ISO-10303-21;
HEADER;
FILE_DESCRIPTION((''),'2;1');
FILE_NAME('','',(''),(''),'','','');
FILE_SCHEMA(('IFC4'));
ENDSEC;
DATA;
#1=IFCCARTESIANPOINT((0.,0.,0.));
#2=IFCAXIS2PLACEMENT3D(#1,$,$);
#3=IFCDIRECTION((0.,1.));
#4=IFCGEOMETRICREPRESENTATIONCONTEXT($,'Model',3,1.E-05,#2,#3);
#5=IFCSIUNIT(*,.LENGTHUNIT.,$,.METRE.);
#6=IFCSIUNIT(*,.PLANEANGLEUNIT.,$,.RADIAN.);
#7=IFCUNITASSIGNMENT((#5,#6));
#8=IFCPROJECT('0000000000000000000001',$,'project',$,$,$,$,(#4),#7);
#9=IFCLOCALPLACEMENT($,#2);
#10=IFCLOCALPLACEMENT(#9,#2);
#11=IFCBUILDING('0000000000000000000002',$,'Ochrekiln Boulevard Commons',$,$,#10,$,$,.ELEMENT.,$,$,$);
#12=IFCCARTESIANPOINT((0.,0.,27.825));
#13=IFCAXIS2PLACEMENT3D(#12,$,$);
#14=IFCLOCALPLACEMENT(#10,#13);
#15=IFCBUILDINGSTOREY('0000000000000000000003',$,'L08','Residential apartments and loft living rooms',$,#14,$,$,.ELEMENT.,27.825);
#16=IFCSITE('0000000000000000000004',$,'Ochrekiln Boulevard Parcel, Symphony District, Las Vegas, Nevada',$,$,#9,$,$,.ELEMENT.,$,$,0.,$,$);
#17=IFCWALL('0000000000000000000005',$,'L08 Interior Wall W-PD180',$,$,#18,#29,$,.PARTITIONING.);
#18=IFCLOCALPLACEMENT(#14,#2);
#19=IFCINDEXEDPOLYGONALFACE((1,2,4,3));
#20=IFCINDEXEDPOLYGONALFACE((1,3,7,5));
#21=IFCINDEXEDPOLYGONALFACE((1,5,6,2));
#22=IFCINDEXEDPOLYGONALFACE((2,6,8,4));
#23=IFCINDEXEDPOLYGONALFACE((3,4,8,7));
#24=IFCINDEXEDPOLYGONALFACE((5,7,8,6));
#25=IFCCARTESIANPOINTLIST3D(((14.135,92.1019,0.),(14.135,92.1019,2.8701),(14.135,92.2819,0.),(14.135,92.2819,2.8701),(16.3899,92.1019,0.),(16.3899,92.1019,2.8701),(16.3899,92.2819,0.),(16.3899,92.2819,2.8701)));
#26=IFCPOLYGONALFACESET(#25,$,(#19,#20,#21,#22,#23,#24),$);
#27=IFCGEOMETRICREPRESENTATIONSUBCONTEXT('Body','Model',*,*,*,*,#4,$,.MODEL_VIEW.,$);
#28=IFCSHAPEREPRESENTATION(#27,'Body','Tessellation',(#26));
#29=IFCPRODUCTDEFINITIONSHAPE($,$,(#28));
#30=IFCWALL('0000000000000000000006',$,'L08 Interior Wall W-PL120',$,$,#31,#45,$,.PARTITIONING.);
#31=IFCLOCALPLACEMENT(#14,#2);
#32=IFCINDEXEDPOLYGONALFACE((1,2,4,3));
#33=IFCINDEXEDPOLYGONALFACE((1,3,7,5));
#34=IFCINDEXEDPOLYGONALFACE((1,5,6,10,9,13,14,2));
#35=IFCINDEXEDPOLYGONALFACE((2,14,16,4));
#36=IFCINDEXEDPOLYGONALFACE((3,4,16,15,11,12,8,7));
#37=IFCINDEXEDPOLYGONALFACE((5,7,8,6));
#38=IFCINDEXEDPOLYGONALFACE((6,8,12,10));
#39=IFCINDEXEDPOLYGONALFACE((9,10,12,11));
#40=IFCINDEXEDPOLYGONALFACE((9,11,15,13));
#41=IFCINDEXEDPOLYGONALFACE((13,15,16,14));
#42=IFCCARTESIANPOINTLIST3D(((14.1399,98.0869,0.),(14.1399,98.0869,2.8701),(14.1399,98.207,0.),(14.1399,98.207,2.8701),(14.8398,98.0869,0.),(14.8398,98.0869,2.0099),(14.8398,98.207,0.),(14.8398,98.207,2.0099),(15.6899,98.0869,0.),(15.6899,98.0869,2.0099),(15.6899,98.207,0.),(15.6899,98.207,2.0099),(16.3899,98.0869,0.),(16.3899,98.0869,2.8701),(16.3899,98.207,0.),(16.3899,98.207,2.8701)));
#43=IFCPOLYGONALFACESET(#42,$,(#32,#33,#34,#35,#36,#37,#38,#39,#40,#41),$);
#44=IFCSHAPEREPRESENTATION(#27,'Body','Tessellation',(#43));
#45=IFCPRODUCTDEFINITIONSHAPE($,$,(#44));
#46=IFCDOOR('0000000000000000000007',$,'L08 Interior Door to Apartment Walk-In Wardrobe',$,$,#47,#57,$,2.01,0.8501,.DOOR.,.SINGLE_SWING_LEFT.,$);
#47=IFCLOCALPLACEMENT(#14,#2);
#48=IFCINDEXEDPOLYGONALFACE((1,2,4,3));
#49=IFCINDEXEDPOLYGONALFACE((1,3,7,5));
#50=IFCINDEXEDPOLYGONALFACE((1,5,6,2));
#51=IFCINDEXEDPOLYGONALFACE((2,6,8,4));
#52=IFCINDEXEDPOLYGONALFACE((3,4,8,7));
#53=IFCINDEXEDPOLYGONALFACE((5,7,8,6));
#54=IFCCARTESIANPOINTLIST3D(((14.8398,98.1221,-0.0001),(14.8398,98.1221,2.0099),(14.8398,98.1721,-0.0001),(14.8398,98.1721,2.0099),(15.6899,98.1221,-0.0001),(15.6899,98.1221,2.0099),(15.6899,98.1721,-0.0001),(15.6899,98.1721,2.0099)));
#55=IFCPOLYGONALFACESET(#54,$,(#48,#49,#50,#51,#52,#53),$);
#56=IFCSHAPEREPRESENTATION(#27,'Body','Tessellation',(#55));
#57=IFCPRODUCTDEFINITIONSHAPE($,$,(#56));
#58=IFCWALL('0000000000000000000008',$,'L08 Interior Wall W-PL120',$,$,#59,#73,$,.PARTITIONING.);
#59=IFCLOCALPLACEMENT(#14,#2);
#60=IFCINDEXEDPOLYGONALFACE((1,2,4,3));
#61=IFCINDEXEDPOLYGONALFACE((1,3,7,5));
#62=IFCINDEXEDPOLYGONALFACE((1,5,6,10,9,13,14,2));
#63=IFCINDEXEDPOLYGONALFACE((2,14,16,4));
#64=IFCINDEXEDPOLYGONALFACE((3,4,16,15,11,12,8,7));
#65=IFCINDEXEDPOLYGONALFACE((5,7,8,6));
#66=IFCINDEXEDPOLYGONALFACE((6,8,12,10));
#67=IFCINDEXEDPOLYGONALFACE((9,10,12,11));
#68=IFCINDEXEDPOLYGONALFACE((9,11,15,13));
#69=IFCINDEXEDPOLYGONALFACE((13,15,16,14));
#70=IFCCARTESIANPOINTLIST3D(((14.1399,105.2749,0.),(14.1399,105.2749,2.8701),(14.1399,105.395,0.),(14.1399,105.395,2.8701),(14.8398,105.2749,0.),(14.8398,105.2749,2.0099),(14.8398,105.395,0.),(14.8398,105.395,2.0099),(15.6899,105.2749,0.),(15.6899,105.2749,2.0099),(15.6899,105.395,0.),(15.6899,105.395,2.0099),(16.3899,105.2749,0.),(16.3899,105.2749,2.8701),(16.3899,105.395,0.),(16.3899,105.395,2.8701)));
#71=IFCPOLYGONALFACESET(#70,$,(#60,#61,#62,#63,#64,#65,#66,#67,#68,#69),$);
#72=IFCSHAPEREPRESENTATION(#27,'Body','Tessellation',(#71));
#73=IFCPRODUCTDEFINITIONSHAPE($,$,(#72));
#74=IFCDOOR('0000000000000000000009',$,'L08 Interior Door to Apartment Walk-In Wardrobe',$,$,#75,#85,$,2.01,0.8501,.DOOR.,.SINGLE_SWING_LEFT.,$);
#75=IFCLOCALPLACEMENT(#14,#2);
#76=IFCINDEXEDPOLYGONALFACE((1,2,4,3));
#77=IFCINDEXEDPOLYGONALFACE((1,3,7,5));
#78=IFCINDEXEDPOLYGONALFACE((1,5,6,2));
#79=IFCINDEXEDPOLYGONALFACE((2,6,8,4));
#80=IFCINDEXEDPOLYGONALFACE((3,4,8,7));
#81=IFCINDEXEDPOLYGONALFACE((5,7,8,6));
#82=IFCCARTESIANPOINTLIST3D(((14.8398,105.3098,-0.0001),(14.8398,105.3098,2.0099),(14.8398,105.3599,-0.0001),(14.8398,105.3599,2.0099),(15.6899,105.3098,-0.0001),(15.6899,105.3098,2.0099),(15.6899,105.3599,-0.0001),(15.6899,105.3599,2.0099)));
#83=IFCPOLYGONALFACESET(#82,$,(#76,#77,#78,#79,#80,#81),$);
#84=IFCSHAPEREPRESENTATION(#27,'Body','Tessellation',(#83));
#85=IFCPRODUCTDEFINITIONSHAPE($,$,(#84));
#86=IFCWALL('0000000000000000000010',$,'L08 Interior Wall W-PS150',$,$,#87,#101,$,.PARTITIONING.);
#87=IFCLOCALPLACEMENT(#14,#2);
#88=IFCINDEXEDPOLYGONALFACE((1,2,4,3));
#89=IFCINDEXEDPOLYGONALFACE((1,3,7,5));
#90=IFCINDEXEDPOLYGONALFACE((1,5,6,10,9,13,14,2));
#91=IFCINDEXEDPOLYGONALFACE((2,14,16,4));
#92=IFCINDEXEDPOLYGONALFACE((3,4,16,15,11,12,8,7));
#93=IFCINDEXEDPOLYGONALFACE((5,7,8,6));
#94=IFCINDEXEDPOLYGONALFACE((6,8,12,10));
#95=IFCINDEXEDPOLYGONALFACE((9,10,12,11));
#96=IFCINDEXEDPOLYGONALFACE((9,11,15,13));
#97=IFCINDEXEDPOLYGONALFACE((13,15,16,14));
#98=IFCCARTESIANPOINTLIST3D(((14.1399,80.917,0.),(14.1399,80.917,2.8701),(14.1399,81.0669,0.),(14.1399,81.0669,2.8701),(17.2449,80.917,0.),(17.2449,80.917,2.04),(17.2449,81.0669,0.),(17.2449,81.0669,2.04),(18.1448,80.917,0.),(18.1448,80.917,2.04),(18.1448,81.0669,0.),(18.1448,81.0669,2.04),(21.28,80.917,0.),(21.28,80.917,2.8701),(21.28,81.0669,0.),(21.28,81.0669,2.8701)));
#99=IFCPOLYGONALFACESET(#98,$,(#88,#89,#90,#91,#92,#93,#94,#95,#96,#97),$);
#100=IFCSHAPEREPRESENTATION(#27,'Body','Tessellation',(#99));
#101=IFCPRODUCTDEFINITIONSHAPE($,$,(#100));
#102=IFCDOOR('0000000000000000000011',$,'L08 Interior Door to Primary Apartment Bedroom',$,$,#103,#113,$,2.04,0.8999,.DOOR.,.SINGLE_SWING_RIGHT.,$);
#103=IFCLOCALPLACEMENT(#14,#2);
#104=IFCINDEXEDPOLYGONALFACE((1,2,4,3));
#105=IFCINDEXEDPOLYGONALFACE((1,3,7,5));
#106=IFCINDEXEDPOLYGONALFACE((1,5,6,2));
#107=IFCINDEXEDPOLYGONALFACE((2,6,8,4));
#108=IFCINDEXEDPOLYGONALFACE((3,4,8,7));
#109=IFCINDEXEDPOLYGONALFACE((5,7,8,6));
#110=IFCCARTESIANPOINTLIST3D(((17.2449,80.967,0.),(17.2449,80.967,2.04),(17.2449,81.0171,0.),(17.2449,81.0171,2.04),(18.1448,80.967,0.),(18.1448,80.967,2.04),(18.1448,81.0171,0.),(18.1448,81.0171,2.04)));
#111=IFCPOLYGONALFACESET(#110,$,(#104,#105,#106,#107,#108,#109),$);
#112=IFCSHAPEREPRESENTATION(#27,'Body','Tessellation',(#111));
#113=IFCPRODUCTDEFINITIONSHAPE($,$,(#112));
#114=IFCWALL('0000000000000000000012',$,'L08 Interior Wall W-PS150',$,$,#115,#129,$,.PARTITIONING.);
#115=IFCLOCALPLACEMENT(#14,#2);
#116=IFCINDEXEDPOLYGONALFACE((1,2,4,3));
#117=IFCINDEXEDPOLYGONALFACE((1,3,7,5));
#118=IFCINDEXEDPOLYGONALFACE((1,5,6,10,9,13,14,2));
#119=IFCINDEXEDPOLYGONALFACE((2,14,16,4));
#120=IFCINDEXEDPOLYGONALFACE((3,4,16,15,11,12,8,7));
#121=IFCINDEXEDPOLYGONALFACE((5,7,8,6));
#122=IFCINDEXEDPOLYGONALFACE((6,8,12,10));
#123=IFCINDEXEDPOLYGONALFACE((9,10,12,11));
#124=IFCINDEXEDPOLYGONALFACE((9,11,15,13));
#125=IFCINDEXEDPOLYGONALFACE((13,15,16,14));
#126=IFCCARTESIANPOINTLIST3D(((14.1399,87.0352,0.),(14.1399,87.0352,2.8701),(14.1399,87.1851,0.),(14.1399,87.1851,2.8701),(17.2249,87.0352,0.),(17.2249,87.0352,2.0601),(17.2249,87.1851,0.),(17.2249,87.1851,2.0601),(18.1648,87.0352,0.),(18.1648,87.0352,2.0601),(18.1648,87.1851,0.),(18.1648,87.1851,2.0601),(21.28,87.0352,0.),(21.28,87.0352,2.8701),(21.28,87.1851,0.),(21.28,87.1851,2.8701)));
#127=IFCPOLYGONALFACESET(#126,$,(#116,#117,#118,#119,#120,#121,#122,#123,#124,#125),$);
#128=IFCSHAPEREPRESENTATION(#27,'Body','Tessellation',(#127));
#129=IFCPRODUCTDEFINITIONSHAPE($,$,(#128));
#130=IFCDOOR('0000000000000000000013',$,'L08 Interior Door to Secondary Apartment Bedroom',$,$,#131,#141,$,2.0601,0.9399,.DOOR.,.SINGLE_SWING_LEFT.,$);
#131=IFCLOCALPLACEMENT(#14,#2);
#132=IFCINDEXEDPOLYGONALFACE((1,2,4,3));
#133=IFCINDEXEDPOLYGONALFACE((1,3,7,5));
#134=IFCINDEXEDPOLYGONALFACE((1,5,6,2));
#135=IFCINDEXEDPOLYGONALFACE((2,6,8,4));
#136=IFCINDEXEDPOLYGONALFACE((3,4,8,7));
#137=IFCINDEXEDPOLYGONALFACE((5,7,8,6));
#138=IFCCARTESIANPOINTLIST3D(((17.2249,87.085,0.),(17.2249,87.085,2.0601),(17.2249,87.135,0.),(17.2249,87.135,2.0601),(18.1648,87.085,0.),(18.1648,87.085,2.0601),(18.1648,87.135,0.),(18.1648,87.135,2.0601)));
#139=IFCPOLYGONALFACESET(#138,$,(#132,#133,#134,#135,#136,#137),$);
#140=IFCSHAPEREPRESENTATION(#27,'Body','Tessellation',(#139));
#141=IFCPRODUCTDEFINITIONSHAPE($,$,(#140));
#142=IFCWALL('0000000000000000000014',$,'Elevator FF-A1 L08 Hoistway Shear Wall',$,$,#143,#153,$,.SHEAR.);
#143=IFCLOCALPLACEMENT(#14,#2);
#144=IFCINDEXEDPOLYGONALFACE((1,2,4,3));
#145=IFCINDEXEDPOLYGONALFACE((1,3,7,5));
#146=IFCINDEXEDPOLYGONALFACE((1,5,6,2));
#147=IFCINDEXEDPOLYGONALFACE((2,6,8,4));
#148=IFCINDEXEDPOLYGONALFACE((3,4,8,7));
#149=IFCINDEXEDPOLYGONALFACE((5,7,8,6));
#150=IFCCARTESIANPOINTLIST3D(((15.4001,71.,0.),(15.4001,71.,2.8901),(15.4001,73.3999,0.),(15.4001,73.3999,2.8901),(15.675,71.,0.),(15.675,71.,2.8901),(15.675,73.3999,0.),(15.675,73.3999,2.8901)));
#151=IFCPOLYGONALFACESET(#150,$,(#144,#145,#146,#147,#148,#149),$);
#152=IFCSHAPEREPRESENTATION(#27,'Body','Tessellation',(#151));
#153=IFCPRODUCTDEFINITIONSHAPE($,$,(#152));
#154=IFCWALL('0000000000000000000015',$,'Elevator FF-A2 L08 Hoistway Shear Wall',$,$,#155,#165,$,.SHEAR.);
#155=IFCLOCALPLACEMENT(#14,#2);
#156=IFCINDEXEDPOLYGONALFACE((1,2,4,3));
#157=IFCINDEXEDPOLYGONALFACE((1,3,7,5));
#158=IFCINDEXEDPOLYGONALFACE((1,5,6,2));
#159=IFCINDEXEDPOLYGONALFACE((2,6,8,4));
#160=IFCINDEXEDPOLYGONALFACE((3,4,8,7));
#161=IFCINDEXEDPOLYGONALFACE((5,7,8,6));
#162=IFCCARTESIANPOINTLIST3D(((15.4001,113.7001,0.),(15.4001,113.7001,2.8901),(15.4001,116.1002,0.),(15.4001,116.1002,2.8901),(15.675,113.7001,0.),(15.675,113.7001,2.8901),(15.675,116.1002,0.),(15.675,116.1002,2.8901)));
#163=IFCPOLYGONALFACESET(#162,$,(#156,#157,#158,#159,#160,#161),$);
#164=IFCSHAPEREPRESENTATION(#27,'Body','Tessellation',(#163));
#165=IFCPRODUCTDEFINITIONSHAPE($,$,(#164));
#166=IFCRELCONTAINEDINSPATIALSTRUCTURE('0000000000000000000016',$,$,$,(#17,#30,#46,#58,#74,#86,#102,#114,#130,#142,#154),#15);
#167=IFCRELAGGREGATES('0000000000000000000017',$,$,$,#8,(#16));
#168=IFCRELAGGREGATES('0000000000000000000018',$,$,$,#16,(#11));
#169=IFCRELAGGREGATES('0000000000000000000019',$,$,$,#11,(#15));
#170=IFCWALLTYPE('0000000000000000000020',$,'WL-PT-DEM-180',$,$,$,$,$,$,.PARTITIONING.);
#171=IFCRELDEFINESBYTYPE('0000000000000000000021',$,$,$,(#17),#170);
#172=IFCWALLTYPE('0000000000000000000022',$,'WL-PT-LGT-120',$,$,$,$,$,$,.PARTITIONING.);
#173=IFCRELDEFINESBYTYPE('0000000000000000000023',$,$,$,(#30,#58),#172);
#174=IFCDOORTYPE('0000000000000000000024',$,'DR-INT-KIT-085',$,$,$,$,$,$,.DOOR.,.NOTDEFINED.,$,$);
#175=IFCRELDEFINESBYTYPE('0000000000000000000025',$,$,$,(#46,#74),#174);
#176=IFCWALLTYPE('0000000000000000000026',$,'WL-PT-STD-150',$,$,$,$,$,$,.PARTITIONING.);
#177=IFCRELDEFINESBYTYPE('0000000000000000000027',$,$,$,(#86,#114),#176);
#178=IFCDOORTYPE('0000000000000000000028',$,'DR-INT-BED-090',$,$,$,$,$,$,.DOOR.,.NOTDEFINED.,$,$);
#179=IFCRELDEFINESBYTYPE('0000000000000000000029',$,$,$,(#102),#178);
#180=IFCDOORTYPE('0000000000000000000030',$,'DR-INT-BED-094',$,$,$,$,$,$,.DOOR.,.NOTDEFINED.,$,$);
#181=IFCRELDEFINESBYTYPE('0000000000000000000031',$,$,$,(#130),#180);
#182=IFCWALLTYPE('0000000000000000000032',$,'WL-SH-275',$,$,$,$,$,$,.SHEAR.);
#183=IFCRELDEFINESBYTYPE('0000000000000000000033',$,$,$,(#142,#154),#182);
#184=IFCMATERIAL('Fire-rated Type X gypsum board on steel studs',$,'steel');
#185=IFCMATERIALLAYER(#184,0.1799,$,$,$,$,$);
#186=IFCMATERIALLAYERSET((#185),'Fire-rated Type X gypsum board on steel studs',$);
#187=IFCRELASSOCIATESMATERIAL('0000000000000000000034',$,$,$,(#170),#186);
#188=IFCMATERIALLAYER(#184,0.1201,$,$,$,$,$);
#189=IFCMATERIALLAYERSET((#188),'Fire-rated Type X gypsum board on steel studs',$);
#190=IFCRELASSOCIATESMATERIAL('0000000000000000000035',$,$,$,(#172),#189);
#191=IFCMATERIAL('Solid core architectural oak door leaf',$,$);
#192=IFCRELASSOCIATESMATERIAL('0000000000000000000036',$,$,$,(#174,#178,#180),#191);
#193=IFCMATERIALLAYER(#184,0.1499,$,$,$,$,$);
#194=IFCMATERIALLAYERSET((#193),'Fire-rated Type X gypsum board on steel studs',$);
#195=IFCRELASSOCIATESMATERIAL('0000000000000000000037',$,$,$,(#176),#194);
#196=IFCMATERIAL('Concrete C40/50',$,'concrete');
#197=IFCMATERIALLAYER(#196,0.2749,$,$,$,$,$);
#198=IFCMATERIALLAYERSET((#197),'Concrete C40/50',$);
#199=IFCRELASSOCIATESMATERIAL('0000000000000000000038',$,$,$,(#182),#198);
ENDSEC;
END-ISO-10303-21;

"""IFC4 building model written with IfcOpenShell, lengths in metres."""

from ifc_helpers import new_model, si_unit, direction, frame, frame_2d, origin, place, context, subcontext, project, spatial, rectangle, extrude, material, layer, layer_set, type_object, element, fill, save


model = new_model("IFC4")

# Units and contexts
model_context = context("Model", 3, precision=1e-05, world=origin(), true_north=direction((0.0, 1.0)))
body_context = subcontext(model_context, "Body", "Model", "MODEL_VIEW")
ifc_project = project(units=[si_unit("LENGTHUNIT", "METRE"), si_unit("PLANEANGLEUNIT", "RADIAN")], contexts=[model_context])

# Site, building, storey
site_placement = place(None, origin())
site = spatial("IfcSite", under=ifc_project, at=site_placement, Name="Ochrekiln Boulevard Parcel, Symphony District, Las Vegas, Nevada", CompositionType="ELEMENT", RefElevation=0.0)
building_placement = place(site_placement, origin())
building = spatial("IfcBuilding", under=site, at=building_placement, Name="Ochrekiln Boulevard Commons", CompositionType="ELEMENT")
storey_placement = place(building_placement, frame((0.0, 0.0, 27.825)))
storey = spatial("IfcBuildingStorey", under=building, at=storey_placement, Name="L08", Description="Residential apartments and loft living rooms", CompositionType="ELEMENT", Elevation=27.825)

# Shared definitions
ifc_material_1 = material(Name="Concrete C40/50", Category="concrete")

# Wall
ifc_material_2 = material(Name="Fire-rated Type X gypsum board on steel studs", Category="steel")
ifc_layer_1 = layer(ifc_material_2, 0.1799)
ifc_layer_set_1 = layer_set([ifc_layer_1], Name="Fire-rated Type X gypsum board on steel studs")
wall_type_1 = type_object("IfcWallType", Name="WL-PT-DEM-180", PredefinedType="PARTITIONING", material=ifc_layer_set_1)
wall_1_placement = place(storey_placement, frame((14.135, 92.1919, 0.0), z_axis=(0.0, 0.0, 1.0), x_axis=(1.0, 0.0, 0.0)))
element("IfcWall", 1, at=wall_1_placement, inside=storey, type_object=wall_type_1, Name="L08 Interior Wall W-PD180", PredefinedType="PARTITIONING", context=body_context, shape_type="SweptSolid", body=[
    extrude(rectangle(XDim=2.2549, YDim=0.1799, at=frame_2d((1.1274, 0.0))), origin(), (0.0, 0.0, 1.0), 2.8701),
])

# Walls, openings, doors
ifc_layer_2 = layer(ifc_material_2, 0.1201)
ifc_layer_set_2 = layer_set([ifc_layer_2], Name="Fire-rated Type X gypsum board on steel studs")
wall_type_2 = type_object("IfcWallType", Name="WL-PT-LGT-120", PredefinedType="PARTITIONING", material=ifc_layer_set_2)
wall_2_placement = place(storey_placement, frame((14.1399, 98.147, 0.0), z_axis=(0.0, 0.0, 1.0), x_axis=(1.0, 0.0, 0.0)))
wall_2 = element("IfcWall", 2, at=wall_2_placement, inside=storey, type_object=wall_type_2, Name="L08 Interior Wall W-PL120", PredefinedType="PARTITIONING", context=body_context, shape_type="SweptSolid", body=[
    extrude(rectangle(XDim=2.25, YDim=0.1201, at=frame_2d((1.125, 0.0))), origin(), (0.0, 0.0, 1.0), 2.8701),
])
opening_1_placement = place(wall_2_placement, frame((0.7, 0.0, 0.0)))
opening_1 = element("IfcOpeningElement", 3, at=opening_1_placement, cuts=wall_2, PredefinedType="OPENING", context=body_context, shape_type="SweptSolid", body=[
    extrude(rectangle(XDim=0.8501, YDim=2.01, at=frame_2d((0.425, 1.0049))), frame((0.0, 0.0701, 0.0), z_axis=(0.0, -1.0, 0.0), x_axis=(1.0, 0.0, 0.0)), (0.0, 0.0, 1.0), 0.1401),
])
ifc_material_3 = material(Name="Solid core architectural oak door leaf")
door_type_1 = type_object("IfcDoorType", Name="DR-INT-KIT-085", OperationType="NOTDEFINED", PredefinedType="DOOR", material=ifc_material_3)
door_1_placement = place(opening_1_placement, frame((0.8501, 0.0, 0.0), z_axis=(0.0, 0.0, 1.0), x_axis=(-1.0, 0.0, 0.0)))
door_1 = element("IfcDoor", 4, at=door_1_placement, inside=storey, type_object=door_type_1, Name="L08 Interior Door to Apartment Walk-In Wardrobe", OperationType="SINGLE_SWING_LEFT", OverallHeight=2.01, OverallWidth=0.8501, PredefinedType="DOOR", context=body_context, shape_type="SweptSolid", body=[
    extrude(rectangle(XDim=0.8501, YDim=2.01, at=frame_2d((0.425, 1.0049))), frame((0.0, 0.0249, 0.0), z_axis=(0.0, -1.0, 0.0), x_axis=(1.0, 0.0, 0.0)), (0.0, 0.0, 1.0), 0.05),
])
fill(opening_1, door_1)
wall_3_placement = place(storey_placement, frame((14.1399, 105.335, 0.0), z_axis=(0.0, 0.0, 1.0), x_axis=(1.0, 0.0, 0.0)))
wall_3 = element("IfcWall", 5, at=wall_3_placement, inside=storey, type_object=wall_type_2, Name="L08 Interior Wall W-PL120", PredefinedType="PARTITIONING", context=body_context, shape_type="SweptSolid", body=[
    extrude(rectangle(XDim=2.25, YDim=0.1201, at=frame_2d((1.125, 0.0))), origin(), (0.0, 0.0, 1.0), 2.8701),
])
opening_2_placement = place(wall_3_placement, frame((0.7, 0.0, 0.0)))
opening_2 = element("IfcOpeningElement", 6, at=opening_2_placement, cuts=wall_3, PredefinedType="OPENING", context=body_context, shape_type="SweptSolid", body=[
    extrude(rectangle(XDim=0.8501, YDim=2.01, at=frame_2d((0.425, 1.0049))), frame((0.0, 0.0701, 0.0), z_axis=(0.0, -1.0, 0.0), x_axis=(1.0, 0.0, 0.0)), (0.0, 0.0, 1.0), 0.1401),
])
door_2_placement = place(opening_2_placement, origin())
door_2 = element("IfcDoor", 7, at=door_2_placement, inside=storey, type_object=door_type_1, Name="L08 Interior Door to Apartment Walk-In Wardrobe", OperationType="SINGLE_SWING_LEFT", OverallHeight=2.01, OverallWidth=0.8501, PredefinedType="DOOR", context=body_context, shape_type="SweptSolid", body=[
    extrude(rectangle(XDim=0.8501, YDim=2.01, at=frame_2d((0.425, 1.0049))), frame((0.0, 0.0249, 0.0), z_axis=(0.0, -1.0, 0.0), x_axis=(1.0, 0.0, 0.0)), (0.0, 0.0, 1.0), 0.05),
])
fill(opening_2, door_2)
ifc_layer_3 = layer(ifc_material_2, 0.1499)
ifc_layer_set_3 = layer_set([ifc_layer_3], Name="Fire-rated Type X gypsum board on steel studs")
wall_type_3 = type_object("IfcWallType", Name="WL-PT-STD-150", PredefinedType="PARTITIONING", material=ifc_layer_set_3)
wall_4_placement = place(storey_placement, frame((14.1399, 80.9919, 0.0), z_axis=(0.0, 0.0, 1.0), x_axis=(1.0, 0.0, 0.0)))
wall_4 = element("IfcWall", 8, at=wall_4_placement, inside=storey, type_object=wall_type_3, Name="L08 Interior Wall W-PS150", PredefinedType="PARTITIONING", context=body_context, shape_type="SweptSolid", body=[
    extrude(rectangle(XDim=7.1401, YDim=0.1499, at=frame_2d((3.5701, 0.0))), origin(), (0.0, 0.0, 1.0), 2.8701),
])
opening_3_placement = place(wall_4_placement, frame((3.105, 0.0, 0.0)))
opening_3 = element("IfcOpeningElement", 9, at=opening_3_placement, cuts=wall_4, PredefinedType="OPENING", context=body_context, shape_type="SweptSolid", body=[
    extrude(rectangle(XDim=0.8999, YDim=2.04, at=frame_2d((0.45, 1.02))), frame((0.0, 0.085, 0.0), z_axis=(0.0, -1.0, 0.0), x_axis=(1.0, 0.0, 0.0)), (0.0, 0.0, 1.0), 0.1699),
])
door_type_2 = type_object("IfcDoorType", Name="DR-INT-BED-090", OperationType="NOTDEFINED", PredefinedType="DOOR", material=ifc_material_3)
door_3_placement = place(opening_3_placement, frame((0.8999, 0.0, 0.0), z_axis=(0.0, 0.0, 1.0), x_axis=(-1.0, 0.0, 0.0)))
door_3 = element("IfcDoor", 10, at=door_3_placement, inside=storey, type_object=door_type_2, Name="L08 Interior Door to Primary Apartment Bedroom", OperationType="SINGLE_SWING_RIGHT", OverallHeight=2.04, OverallWidth=0.8999, PredefinedType="DOOR", context=body_context, shape_type="SweptSolid", body=[
    extrude(rectangle(XDim=0.8999, YDim=2.04, at=frame_2d((0.45, 1.02))), frame((0.0, 0.0249, 0.0), z_axis=(0.0, -1.0, 0.0), x_axis=(1.0, 0.0, 0.0)), (0.0, 0.0, 1.0), 0.05),
])
fill(opening_3, door_3)
wall_5_placement = place(storey_placement, frame((14.1399, 87.1101, 0.0), z_axis=(0.0, 0.0, 1.0), x_axis=(1.0, 0.0, 0.0)))
wall_5 = element("IfcWall", 11, at=wall_5_placement, inside=storey, type_object=wall_type_3, Name="L08 Interior Wall W-PS150", PredefinedType="PARTITIONING", context=body_context, shape_type="SweptSolid", body=[
    extrude(rectangle(XDim=7.1401, YDim=0.1499, at=frame_2d((3.5701, 0.0))), origin(), (0.0, 0.0, 1.0), 2.8701),
])
opening_4_placement = place(wall_5_placement, frame((3.085, 0.0, 0.0)))
opening_4 = element("IfcOpeningElement", 12, at=opening_4_placement, cuts=wall_5, PredefinedType="OPENING", context=body_context, shape_type="SweptSolid", body=[
    extrude(rectangle(XDim=0.9399, YDim=2.0601, at=frame_2d((0.47, 1.03))), frame((0.0, 0.085, 0.0), z_axis=(0.0, -1.0, 0.0), x_axis=(1.0, 0.0, 0.0)), (0.0, 0.0, 1.0), 0.1699),
])
door_type_3 = type_object("IfcDoorType", Name="DR-INT-BED-094", OperationType="NOTDEFINED", PredefinedType="DOOR", material=ifc_material_3)
door_4_placement = place(opening_4_placement, origin())
door_4 = element("IfcDoor", 13, at=door_4_placement, inside=storey, type_object=door_type_3, Name="L08 Interior Door to Secondary Apartment Bedroom", OperationType="SINGLE_SWING_LEFT", OverallHeight=2.0601, OverallWidth=0.9399, PredefinedType="DOOR", context=body_context, shape_type="SweptSolid", body=[
    extrude(rectangle(XDim=0.9399, YDim=2.0601, at=frame_2d((0.47, 1.03))), frame((0.0, 0.0249, 0.0), z_axis=(0.0, -1.0, 0.0), x_axis=(1.0, 0.0, 0.0)), (0.0, 0.0, 1.0), 0.05),
])
fill(opening_4, door_4)

# Walls
ifc_layer_4 = layer(ifc_material_1, 0.2749)
ifc_layer_set_4 = layer_set([ifc_layer_4], Name="Concrete C40/50")
wall_type_4 = type_object("IfcWallType", Name="WL-SH-275", PredefinedType="SHEAR", material=ifc_layer_set_4)
wall_6_placement = place(storey_placement, frame((15.5376, 71.0, 0.0), z_axis=(0.0, 0.0, 1.0), x_axis=(0.0, 1.0, 0.0)))
element("IfcWall", 14, at=wall_6_placement, inside=storey, type_object=wall_type_4, Name="Elevator FF-A1 L08 Hoistway Shear Wall", PredefinedType="SHEAR", context=body_context, shape_type="SweptSolid", body=[
    extrude(rectangle(XDim=2.3999, YDim=0.2749, at=frame_2d((1.2, 0.0))), origin(), (0.0, 0.0, 1.0), 2.8901),
])
wall_7_placement = place(storey_placement, frame((15.5376, 113.7, 0.0), z_axis=(0.0, 0.0, 1.0), x_axis=(0.0, 1.0, 0.0)))
element("IfcWall", 15, at=wall_7_placement, inside=storey, type_object=wall_type_4, Name="Elevator FF-A2 L08 Hoistway Shear Wall", PredefinedType="SHEAR", context=body_context, shape_type="SweptSolid", body=[
    extrude(rectangle(XDim=2.4001, YDim=0.2749, at=frame_2d((1.2002, 0.0))), origin(), (0.0, 0.0, 1.0), 2.8901),
])

save(model, "model.ifc")
